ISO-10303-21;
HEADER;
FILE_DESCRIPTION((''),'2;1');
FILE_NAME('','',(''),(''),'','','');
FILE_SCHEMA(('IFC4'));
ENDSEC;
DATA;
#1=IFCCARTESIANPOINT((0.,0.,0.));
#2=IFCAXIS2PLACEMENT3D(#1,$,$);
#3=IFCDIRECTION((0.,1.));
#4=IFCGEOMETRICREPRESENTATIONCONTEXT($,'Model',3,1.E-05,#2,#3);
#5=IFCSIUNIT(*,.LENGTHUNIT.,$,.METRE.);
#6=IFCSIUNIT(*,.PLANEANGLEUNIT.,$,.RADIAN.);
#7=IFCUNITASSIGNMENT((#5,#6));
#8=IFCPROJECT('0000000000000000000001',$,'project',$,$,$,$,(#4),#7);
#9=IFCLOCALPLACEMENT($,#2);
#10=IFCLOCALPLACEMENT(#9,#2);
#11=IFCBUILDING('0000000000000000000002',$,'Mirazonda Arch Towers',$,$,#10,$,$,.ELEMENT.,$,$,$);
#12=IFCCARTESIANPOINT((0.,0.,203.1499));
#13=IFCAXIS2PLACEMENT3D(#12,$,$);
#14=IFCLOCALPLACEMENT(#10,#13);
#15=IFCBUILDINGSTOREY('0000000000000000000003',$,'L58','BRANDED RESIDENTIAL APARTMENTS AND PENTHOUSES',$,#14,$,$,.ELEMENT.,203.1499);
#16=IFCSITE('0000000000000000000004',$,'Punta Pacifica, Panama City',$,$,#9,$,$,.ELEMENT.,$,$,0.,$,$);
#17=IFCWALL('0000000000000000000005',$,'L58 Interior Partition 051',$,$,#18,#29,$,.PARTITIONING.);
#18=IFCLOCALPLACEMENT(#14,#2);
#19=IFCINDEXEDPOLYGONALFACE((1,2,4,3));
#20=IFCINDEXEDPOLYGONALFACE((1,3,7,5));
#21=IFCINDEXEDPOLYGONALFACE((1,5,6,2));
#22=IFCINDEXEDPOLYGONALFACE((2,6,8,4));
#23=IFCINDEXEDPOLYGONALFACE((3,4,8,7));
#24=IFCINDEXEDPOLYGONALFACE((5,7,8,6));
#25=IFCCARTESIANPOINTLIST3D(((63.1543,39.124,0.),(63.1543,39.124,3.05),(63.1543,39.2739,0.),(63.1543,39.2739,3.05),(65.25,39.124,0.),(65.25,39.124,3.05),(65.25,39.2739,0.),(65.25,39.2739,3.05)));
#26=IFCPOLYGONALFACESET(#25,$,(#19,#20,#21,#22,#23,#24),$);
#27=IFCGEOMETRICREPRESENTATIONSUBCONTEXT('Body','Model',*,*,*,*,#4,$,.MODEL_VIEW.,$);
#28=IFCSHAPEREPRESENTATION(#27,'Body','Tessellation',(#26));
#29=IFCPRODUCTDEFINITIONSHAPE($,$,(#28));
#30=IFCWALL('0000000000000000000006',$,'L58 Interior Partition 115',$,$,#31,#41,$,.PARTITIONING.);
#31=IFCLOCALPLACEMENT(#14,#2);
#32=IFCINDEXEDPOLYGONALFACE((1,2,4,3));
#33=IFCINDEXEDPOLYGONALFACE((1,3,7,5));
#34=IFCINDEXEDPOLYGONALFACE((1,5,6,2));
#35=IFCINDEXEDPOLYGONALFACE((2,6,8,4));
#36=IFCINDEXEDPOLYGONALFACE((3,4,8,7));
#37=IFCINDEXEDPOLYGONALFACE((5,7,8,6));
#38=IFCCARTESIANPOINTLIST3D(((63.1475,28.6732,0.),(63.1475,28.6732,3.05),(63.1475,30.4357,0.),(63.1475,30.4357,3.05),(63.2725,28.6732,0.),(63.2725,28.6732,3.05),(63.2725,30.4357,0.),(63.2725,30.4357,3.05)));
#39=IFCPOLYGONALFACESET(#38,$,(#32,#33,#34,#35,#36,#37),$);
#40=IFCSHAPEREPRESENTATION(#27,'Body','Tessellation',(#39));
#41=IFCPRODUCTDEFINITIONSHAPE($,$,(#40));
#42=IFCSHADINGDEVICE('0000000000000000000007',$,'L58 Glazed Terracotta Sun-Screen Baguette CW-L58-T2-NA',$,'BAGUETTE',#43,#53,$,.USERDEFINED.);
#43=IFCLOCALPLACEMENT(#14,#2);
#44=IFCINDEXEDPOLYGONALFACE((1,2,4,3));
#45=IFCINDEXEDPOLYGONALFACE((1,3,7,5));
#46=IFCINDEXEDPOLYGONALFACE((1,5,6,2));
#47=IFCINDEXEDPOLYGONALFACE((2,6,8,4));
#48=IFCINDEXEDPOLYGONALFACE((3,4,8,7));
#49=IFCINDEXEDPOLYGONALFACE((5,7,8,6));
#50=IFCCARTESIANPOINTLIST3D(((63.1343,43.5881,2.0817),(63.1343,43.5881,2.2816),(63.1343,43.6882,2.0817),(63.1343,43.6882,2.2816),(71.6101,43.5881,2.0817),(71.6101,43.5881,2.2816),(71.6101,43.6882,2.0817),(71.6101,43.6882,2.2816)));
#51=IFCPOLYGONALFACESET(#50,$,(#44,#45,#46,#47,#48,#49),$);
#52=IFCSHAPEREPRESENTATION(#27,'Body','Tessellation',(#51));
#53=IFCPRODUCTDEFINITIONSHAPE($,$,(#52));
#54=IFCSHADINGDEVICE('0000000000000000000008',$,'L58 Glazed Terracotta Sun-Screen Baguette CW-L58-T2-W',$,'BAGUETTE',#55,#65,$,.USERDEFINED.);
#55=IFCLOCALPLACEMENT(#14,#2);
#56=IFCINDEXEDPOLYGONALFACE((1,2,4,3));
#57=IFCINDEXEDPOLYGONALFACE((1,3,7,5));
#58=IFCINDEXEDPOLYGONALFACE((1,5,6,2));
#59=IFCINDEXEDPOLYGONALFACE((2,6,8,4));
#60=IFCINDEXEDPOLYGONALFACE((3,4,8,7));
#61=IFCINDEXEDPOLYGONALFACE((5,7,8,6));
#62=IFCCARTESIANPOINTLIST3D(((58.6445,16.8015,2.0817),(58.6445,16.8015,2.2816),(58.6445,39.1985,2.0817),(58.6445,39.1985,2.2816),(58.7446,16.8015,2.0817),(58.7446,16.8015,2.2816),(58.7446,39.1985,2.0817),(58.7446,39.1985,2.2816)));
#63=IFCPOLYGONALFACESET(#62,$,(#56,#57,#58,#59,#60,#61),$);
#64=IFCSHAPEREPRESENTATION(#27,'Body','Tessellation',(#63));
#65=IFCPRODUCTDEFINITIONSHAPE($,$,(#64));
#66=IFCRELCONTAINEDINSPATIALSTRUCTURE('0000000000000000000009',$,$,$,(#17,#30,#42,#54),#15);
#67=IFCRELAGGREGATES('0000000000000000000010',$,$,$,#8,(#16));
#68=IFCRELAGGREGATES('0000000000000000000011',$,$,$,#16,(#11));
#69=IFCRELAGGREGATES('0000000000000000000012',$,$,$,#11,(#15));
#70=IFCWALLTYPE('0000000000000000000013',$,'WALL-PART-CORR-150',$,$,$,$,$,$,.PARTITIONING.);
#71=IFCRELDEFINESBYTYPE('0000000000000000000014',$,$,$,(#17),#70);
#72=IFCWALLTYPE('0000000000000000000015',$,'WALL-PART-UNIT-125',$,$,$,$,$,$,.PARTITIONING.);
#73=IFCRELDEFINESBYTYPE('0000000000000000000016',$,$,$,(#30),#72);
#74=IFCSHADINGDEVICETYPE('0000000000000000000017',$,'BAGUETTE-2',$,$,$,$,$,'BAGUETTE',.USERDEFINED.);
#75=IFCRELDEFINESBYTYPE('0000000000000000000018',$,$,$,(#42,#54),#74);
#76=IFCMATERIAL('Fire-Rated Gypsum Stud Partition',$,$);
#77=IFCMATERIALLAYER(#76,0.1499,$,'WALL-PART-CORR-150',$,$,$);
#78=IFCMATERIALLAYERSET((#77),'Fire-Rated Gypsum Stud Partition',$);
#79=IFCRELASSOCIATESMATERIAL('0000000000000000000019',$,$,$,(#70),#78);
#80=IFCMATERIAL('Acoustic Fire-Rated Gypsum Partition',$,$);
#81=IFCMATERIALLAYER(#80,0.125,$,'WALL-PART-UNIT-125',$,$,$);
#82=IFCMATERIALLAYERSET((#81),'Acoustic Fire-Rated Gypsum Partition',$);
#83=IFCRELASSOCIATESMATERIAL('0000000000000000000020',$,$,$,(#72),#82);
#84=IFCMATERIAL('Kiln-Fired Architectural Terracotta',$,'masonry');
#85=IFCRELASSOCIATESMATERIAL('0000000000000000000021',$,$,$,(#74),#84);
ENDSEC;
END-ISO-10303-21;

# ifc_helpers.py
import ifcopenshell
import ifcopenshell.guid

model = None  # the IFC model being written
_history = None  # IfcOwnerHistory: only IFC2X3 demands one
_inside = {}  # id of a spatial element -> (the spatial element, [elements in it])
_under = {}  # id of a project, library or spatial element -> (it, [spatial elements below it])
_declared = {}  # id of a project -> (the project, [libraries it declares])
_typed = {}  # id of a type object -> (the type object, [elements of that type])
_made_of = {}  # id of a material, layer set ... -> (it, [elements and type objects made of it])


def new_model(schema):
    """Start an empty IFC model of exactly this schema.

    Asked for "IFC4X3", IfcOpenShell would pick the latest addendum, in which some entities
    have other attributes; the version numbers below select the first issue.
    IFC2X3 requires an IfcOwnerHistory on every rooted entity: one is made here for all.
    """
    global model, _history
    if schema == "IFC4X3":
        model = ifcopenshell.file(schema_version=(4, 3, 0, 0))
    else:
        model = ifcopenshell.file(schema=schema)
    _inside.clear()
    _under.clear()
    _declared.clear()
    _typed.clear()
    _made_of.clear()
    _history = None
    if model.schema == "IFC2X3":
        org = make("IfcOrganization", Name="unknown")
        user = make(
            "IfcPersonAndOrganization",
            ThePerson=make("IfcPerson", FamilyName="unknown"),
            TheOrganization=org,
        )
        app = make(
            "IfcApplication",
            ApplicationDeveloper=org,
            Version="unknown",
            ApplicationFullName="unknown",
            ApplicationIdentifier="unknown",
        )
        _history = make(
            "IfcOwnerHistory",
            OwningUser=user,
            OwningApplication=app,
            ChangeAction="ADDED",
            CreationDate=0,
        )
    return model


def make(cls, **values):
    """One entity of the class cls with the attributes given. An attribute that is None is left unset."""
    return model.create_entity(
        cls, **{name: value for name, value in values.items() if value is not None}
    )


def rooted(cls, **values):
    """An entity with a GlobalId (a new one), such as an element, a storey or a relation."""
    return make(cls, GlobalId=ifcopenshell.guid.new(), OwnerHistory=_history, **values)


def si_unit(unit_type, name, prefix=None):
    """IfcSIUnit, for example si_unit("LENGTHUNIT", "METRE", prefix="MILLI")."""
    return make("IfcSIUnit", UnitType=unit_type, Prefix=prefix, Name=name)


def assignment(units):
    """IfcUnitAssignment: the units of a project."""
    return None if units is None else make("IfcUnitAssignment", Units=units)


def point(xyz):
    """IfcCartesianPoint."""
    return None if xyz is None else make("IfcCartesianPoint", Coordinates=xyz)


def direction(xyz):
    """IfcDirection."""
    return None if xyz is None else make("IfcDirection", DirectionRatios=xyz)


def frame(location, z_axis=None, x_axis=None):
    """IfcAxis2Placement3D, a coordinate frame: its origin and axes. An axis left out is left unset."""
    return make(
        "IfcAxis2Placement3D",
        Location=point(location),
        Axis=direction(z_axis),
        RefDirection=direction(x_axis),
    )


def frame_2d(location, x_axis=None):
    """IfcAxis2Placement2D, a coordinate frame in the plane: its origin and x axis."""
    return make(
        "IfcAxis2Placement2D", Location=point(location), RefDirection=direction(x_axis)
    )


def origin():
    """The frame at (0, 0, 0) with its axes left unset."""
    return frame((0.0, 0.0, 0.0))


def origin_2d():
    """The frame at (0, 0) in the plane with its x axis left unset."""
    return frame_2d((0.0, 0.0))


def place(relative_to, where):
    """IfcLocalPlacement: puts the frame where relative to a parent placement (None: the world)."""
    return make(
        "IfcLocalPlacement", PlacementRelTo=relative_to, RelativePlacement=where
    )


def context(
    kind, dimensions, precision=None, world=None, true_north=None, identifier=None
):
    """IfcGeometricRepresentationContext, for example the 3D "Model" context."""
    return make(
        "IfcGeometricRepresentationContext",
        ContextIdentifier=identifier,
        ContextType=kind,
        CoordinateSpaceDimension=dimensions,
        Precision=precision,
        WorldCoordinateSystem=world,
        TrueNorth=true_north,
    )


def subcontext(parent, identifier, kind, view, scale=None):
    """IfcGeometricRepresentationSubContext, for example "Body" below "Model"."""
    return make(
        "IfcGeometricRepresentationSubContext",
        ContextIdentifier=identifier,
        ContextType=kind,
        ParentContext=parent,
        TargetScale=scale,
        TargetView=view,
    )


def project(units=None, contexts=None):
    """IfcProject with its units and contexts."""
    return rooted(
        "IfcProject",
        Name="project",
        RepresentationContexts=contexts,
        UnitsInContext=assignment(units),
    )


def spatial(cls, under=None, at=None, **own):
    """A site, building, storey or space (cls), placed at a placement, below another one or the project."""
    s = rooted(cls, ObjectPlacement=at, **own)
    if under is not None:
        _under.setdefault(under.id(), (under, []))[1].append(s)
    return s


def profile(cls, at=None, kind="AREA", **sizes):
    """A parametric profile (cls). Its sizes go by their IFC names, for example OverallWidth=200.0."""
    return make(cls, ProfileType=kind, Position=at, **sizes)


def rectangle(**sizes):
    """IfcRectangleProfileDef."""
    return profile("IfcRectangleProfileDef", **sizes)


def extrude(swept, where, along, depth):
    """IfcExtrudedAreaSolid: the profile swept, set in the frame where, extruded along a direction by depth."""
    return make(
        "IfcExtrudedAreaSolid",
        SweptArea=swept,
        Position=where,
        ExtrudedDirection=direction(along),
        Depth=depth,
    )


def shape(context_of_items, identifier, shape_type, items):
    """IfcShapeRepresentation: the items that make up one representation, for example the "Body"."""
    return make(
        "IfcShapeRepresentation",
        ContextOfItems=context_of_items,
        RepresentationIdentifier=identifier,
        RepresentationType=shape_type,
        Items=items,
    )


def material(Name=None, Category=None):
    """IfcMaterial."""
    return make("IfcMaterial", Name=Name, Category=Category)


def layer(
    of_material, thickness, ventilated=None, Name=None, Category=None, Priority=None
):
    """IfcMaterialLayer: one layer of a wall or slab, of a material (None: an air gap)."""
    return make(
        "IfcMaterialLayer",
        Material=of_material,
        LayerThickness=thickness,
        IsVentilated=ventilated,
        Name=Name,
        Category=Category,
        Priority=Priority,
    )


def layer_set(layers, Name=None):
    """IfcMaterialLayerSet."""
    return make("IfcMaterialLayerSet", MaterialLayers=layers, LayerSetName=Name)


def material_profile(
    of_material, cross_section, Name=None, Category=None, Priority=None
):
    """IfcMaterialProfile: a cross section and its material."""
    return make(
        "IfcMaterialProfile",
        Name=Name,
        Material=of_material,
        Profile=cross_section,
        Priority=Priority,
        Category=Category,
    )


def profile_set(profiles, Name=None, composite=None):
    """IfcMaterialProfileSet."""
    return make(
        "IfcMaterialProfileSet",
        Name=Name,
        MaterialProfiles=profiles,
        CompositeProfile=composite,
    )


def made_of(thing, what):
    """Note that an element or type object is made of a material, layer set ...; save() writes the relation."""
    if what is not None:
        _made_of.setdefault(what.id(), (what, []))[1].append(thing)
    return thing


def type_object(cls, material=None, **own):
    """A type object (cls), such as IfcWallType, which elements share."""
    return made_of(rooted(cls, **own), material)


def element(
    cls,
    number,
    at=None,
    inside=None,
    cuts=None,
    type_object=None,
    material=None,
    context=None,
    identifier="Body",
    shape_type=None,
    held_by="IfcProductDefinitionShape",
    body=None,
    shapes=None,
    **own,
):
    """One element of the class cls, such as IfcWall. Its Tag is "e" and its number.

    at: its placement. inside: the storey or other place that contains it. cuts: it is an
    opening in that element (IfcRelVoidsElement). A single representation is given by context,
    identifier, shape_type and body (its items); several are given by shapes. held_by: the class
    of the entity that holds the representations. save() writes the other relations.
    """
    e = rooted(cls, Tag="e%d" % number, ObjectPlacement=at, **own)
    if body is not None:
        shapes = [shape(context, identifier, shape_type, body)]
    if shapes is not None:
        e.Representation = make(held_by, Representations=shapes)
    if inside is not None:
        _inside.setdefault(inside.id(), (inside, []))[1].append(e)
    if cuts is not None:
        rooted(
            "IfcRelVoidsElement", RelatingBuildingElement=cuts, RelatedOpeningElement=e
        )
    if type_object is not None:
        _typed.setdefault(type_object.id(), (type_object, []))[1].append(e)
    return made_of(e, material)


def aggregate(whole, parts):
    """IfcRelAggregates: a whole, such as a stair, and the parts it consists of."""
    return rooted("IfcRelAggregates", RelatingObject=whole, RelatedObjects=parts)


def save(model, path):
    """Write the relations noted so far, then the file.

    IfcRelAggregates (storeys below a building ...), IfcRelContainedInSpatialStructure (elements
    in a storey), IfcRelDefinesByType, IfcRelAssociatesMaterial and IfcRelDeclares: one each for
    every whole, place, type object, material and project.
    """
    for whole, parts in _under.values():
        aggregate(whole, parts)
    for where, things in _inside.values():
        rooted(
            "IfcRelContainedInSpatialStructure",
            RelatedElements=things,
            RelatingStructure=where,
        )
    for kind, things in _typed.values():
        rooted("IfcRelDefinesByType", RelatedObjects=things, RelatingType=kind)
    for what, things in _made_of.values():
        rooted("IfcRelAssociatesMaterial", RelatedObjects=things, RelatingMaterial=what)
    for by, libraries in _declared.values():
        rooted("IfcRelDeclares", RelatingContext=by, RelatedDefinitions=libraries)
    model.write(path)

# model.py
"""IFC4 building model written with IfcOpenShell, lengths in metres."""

from ifc_helpers import new_model, si_unit, direction, frame, frame_2d, origin, origin_2d, place, context, subcontext, project, spatial, rectangle, extrude, material, layer, layer_set, material_profile, profile_set, type_object, element, save


model = new_model("IFC4")

# Units and contexts
model_context = context("Model", 3, precision=1e-05, world=origin(), true_north=direction((0.0, 1.0)))
body_context = subcontext(model_context, "Body", "Model", "MODEL_VIEW")
ifc_project = project(units=[si_unit("LENGTHUNIT", "METRE"), si_unit("PLANEANGLEUNIT", "RADIAN")], contexts=[model_context])

# Site, building, storey
site_placement = place(None, origin())
site = spatial("IfcSite", under=ifc_project, at=site_placement, Name="Punta Pacifica, Panama City", CompositionType="ELEMENT", RefElevation=0.0)
building_placement = place(site_placement, origin())
building = spatial("IfcBuilding", under=site, at=building_placement, Name="Mirazonda Arch Towers", CompositionType="ELEMENT")
storey_placement = place(building_placement, frame((0.0, 0.0, 203.1499)))
storey = spatial("IfcBuildingStorey", under=building, at=storey_placement, Name="L58", Description="BRANDED RESIDENTIAL APARTMENTS AND PENTHOUSES", CompositionType="ELEMENT", Elevation=203.1499)

# Walls
ifc_material_1 = material(Name="Fire-Rated Gypsum Stud Partition")
ifc_layer_1 = layer(ifc_material_1, 0.1499, Name="WALL-PART-CORR-150")
ifc_layer_set_1 = layer_set([ifc_layer_1], Name="Fire-Rated Gypsum Stud Partition")
wall_type_1 = type_object("IfcWallType", Name="WALL-PART-CORR-150", PredefinedType="PARTITIONING", material=ifc_layer_set_1)
wall_1_placement = place(storey_placement, frame((63.1543, 39.199, 0.0), z_axis=(0.0, 0.0, 1.0), x_axis=(1.0, 0.0, 0.0)))
element("IfcWall", 1, at=wall_1_placement, inside=storey, type_object=wall_type_1, Name="L58 Interior Partition 051", PredefinedType="PARTITIONING", context=body_context, shape_type="SweptSolid", body=[
    extrude(rectangle(XDim=2.0957, YDim=0.1499, at=frame_2d((1.0479, 0.0))), origin(), (0.0, 0.0, 1.0), 3.05),
])
ifc_material_2 = material(Name="Acoustic Fire-Rated Gypsum Partition")
ifc_layer_2 = layer(ifc_material_2, 0.125, Name="WALL-PART-UNIT-125")
ifc_layer_set_2 = layer_set([ifc_layer_2], Name="Acoustic Fire-Rated Gypsum Partition")
wall_type_2 = type_object("IfcWallType", Name="WALL-PART-UNIT-125", PredefinedType="PARTITIONING", material=ifc_layer_set_2)
wall_2_placement = place(storey_placement, frame((63.21, 28.6731, 0.0), z_axis=(0.0, 0.0, 1.0), x_axis=(0.0, 1.0, 0.0)))
element("IfcWall", 2, at=wall_2_placement, inside=storey, type_object=wall_type_2, Name="L58 Interior Partition 115", PredefinedType="PARTITIONING", context=body_context, shape_type="SweptSolid", body=[
    extrude(rectangle(XDim=1.7625, YDim=0.125, at=frame_2d((0.8813, 0.0))), origin(), (0.0, 0.0, 1.0), 3.05),
])

# Shading devices
ifc_material_3 = material(Name="Kiln-Fired Architectural Terracotta", Category="masonry")
ifc_material_profile_1 = material_profile(ifc_material_3, rectangle(XDim=0.1001, YDim=0.2, at=origin_2d()), Name="TERRA-BAG-100x200")
ifc_profile_set_1 = profile_set([ifc_material_profile_1], Name="Kiln-Fired Architectural Terracotta")
shading_device_type = type_object("IfcShadingDeviceType", Name="BAGUETTE-2", ElementType="BAGUETTE", PredefinedType="USERDEFINED", material=ifc_profile_set_1)
shading_device_1_placement = place(storey_placement, frame((63.1343, 43.6382, 2.1816), z_axis=(1.0, 0.0, 0.0), x_axis=(0.0, 1.0, 0.0)))
element("IfcShadingDevice", 3, at=shading_device_1_placement, inside=storey, type_object=shading_device_type, Name="L58 Glazed Terracotta Sun-Screen Baguette CW-L58-T2-NA", ObjectType="BAGUETTE", PredefinedType="USERDEFINED", context=body_context, shape_type="SweptSolid", body=[
    extrude(rectangle(XDim=0.1001, YDim=0.2, at=origin_2d()), origin(), (0.0, 0.0, 1.0), 8.4758),
])
shading_device_2_placement = place(storey_placement, frame((58.6946, 39.1985, 2.1816), z_axis=(0.0, -1.0, 0.0), x_axis=(1.0, 0.0, 0.0)))
element("IfcShadingDevice", 4, at=shading_device_2_placement, inside=storey, type_object=shading_device_type, Name="L58 Glazed Terracotta Sun-Screen Baguette CW-L58-T2-W", ObjectType="BAGUETTE", PredefinedType="USERDEFINED", context=body_context, shape_type="SweptSolid", body=[
    extrude(rectangle(XDim=0.1001, YDim=0.2, at=origin_2d()), origin(), (0.0, 0.0, 1.0), 22.397),
])

save(model, "model.ifc")
